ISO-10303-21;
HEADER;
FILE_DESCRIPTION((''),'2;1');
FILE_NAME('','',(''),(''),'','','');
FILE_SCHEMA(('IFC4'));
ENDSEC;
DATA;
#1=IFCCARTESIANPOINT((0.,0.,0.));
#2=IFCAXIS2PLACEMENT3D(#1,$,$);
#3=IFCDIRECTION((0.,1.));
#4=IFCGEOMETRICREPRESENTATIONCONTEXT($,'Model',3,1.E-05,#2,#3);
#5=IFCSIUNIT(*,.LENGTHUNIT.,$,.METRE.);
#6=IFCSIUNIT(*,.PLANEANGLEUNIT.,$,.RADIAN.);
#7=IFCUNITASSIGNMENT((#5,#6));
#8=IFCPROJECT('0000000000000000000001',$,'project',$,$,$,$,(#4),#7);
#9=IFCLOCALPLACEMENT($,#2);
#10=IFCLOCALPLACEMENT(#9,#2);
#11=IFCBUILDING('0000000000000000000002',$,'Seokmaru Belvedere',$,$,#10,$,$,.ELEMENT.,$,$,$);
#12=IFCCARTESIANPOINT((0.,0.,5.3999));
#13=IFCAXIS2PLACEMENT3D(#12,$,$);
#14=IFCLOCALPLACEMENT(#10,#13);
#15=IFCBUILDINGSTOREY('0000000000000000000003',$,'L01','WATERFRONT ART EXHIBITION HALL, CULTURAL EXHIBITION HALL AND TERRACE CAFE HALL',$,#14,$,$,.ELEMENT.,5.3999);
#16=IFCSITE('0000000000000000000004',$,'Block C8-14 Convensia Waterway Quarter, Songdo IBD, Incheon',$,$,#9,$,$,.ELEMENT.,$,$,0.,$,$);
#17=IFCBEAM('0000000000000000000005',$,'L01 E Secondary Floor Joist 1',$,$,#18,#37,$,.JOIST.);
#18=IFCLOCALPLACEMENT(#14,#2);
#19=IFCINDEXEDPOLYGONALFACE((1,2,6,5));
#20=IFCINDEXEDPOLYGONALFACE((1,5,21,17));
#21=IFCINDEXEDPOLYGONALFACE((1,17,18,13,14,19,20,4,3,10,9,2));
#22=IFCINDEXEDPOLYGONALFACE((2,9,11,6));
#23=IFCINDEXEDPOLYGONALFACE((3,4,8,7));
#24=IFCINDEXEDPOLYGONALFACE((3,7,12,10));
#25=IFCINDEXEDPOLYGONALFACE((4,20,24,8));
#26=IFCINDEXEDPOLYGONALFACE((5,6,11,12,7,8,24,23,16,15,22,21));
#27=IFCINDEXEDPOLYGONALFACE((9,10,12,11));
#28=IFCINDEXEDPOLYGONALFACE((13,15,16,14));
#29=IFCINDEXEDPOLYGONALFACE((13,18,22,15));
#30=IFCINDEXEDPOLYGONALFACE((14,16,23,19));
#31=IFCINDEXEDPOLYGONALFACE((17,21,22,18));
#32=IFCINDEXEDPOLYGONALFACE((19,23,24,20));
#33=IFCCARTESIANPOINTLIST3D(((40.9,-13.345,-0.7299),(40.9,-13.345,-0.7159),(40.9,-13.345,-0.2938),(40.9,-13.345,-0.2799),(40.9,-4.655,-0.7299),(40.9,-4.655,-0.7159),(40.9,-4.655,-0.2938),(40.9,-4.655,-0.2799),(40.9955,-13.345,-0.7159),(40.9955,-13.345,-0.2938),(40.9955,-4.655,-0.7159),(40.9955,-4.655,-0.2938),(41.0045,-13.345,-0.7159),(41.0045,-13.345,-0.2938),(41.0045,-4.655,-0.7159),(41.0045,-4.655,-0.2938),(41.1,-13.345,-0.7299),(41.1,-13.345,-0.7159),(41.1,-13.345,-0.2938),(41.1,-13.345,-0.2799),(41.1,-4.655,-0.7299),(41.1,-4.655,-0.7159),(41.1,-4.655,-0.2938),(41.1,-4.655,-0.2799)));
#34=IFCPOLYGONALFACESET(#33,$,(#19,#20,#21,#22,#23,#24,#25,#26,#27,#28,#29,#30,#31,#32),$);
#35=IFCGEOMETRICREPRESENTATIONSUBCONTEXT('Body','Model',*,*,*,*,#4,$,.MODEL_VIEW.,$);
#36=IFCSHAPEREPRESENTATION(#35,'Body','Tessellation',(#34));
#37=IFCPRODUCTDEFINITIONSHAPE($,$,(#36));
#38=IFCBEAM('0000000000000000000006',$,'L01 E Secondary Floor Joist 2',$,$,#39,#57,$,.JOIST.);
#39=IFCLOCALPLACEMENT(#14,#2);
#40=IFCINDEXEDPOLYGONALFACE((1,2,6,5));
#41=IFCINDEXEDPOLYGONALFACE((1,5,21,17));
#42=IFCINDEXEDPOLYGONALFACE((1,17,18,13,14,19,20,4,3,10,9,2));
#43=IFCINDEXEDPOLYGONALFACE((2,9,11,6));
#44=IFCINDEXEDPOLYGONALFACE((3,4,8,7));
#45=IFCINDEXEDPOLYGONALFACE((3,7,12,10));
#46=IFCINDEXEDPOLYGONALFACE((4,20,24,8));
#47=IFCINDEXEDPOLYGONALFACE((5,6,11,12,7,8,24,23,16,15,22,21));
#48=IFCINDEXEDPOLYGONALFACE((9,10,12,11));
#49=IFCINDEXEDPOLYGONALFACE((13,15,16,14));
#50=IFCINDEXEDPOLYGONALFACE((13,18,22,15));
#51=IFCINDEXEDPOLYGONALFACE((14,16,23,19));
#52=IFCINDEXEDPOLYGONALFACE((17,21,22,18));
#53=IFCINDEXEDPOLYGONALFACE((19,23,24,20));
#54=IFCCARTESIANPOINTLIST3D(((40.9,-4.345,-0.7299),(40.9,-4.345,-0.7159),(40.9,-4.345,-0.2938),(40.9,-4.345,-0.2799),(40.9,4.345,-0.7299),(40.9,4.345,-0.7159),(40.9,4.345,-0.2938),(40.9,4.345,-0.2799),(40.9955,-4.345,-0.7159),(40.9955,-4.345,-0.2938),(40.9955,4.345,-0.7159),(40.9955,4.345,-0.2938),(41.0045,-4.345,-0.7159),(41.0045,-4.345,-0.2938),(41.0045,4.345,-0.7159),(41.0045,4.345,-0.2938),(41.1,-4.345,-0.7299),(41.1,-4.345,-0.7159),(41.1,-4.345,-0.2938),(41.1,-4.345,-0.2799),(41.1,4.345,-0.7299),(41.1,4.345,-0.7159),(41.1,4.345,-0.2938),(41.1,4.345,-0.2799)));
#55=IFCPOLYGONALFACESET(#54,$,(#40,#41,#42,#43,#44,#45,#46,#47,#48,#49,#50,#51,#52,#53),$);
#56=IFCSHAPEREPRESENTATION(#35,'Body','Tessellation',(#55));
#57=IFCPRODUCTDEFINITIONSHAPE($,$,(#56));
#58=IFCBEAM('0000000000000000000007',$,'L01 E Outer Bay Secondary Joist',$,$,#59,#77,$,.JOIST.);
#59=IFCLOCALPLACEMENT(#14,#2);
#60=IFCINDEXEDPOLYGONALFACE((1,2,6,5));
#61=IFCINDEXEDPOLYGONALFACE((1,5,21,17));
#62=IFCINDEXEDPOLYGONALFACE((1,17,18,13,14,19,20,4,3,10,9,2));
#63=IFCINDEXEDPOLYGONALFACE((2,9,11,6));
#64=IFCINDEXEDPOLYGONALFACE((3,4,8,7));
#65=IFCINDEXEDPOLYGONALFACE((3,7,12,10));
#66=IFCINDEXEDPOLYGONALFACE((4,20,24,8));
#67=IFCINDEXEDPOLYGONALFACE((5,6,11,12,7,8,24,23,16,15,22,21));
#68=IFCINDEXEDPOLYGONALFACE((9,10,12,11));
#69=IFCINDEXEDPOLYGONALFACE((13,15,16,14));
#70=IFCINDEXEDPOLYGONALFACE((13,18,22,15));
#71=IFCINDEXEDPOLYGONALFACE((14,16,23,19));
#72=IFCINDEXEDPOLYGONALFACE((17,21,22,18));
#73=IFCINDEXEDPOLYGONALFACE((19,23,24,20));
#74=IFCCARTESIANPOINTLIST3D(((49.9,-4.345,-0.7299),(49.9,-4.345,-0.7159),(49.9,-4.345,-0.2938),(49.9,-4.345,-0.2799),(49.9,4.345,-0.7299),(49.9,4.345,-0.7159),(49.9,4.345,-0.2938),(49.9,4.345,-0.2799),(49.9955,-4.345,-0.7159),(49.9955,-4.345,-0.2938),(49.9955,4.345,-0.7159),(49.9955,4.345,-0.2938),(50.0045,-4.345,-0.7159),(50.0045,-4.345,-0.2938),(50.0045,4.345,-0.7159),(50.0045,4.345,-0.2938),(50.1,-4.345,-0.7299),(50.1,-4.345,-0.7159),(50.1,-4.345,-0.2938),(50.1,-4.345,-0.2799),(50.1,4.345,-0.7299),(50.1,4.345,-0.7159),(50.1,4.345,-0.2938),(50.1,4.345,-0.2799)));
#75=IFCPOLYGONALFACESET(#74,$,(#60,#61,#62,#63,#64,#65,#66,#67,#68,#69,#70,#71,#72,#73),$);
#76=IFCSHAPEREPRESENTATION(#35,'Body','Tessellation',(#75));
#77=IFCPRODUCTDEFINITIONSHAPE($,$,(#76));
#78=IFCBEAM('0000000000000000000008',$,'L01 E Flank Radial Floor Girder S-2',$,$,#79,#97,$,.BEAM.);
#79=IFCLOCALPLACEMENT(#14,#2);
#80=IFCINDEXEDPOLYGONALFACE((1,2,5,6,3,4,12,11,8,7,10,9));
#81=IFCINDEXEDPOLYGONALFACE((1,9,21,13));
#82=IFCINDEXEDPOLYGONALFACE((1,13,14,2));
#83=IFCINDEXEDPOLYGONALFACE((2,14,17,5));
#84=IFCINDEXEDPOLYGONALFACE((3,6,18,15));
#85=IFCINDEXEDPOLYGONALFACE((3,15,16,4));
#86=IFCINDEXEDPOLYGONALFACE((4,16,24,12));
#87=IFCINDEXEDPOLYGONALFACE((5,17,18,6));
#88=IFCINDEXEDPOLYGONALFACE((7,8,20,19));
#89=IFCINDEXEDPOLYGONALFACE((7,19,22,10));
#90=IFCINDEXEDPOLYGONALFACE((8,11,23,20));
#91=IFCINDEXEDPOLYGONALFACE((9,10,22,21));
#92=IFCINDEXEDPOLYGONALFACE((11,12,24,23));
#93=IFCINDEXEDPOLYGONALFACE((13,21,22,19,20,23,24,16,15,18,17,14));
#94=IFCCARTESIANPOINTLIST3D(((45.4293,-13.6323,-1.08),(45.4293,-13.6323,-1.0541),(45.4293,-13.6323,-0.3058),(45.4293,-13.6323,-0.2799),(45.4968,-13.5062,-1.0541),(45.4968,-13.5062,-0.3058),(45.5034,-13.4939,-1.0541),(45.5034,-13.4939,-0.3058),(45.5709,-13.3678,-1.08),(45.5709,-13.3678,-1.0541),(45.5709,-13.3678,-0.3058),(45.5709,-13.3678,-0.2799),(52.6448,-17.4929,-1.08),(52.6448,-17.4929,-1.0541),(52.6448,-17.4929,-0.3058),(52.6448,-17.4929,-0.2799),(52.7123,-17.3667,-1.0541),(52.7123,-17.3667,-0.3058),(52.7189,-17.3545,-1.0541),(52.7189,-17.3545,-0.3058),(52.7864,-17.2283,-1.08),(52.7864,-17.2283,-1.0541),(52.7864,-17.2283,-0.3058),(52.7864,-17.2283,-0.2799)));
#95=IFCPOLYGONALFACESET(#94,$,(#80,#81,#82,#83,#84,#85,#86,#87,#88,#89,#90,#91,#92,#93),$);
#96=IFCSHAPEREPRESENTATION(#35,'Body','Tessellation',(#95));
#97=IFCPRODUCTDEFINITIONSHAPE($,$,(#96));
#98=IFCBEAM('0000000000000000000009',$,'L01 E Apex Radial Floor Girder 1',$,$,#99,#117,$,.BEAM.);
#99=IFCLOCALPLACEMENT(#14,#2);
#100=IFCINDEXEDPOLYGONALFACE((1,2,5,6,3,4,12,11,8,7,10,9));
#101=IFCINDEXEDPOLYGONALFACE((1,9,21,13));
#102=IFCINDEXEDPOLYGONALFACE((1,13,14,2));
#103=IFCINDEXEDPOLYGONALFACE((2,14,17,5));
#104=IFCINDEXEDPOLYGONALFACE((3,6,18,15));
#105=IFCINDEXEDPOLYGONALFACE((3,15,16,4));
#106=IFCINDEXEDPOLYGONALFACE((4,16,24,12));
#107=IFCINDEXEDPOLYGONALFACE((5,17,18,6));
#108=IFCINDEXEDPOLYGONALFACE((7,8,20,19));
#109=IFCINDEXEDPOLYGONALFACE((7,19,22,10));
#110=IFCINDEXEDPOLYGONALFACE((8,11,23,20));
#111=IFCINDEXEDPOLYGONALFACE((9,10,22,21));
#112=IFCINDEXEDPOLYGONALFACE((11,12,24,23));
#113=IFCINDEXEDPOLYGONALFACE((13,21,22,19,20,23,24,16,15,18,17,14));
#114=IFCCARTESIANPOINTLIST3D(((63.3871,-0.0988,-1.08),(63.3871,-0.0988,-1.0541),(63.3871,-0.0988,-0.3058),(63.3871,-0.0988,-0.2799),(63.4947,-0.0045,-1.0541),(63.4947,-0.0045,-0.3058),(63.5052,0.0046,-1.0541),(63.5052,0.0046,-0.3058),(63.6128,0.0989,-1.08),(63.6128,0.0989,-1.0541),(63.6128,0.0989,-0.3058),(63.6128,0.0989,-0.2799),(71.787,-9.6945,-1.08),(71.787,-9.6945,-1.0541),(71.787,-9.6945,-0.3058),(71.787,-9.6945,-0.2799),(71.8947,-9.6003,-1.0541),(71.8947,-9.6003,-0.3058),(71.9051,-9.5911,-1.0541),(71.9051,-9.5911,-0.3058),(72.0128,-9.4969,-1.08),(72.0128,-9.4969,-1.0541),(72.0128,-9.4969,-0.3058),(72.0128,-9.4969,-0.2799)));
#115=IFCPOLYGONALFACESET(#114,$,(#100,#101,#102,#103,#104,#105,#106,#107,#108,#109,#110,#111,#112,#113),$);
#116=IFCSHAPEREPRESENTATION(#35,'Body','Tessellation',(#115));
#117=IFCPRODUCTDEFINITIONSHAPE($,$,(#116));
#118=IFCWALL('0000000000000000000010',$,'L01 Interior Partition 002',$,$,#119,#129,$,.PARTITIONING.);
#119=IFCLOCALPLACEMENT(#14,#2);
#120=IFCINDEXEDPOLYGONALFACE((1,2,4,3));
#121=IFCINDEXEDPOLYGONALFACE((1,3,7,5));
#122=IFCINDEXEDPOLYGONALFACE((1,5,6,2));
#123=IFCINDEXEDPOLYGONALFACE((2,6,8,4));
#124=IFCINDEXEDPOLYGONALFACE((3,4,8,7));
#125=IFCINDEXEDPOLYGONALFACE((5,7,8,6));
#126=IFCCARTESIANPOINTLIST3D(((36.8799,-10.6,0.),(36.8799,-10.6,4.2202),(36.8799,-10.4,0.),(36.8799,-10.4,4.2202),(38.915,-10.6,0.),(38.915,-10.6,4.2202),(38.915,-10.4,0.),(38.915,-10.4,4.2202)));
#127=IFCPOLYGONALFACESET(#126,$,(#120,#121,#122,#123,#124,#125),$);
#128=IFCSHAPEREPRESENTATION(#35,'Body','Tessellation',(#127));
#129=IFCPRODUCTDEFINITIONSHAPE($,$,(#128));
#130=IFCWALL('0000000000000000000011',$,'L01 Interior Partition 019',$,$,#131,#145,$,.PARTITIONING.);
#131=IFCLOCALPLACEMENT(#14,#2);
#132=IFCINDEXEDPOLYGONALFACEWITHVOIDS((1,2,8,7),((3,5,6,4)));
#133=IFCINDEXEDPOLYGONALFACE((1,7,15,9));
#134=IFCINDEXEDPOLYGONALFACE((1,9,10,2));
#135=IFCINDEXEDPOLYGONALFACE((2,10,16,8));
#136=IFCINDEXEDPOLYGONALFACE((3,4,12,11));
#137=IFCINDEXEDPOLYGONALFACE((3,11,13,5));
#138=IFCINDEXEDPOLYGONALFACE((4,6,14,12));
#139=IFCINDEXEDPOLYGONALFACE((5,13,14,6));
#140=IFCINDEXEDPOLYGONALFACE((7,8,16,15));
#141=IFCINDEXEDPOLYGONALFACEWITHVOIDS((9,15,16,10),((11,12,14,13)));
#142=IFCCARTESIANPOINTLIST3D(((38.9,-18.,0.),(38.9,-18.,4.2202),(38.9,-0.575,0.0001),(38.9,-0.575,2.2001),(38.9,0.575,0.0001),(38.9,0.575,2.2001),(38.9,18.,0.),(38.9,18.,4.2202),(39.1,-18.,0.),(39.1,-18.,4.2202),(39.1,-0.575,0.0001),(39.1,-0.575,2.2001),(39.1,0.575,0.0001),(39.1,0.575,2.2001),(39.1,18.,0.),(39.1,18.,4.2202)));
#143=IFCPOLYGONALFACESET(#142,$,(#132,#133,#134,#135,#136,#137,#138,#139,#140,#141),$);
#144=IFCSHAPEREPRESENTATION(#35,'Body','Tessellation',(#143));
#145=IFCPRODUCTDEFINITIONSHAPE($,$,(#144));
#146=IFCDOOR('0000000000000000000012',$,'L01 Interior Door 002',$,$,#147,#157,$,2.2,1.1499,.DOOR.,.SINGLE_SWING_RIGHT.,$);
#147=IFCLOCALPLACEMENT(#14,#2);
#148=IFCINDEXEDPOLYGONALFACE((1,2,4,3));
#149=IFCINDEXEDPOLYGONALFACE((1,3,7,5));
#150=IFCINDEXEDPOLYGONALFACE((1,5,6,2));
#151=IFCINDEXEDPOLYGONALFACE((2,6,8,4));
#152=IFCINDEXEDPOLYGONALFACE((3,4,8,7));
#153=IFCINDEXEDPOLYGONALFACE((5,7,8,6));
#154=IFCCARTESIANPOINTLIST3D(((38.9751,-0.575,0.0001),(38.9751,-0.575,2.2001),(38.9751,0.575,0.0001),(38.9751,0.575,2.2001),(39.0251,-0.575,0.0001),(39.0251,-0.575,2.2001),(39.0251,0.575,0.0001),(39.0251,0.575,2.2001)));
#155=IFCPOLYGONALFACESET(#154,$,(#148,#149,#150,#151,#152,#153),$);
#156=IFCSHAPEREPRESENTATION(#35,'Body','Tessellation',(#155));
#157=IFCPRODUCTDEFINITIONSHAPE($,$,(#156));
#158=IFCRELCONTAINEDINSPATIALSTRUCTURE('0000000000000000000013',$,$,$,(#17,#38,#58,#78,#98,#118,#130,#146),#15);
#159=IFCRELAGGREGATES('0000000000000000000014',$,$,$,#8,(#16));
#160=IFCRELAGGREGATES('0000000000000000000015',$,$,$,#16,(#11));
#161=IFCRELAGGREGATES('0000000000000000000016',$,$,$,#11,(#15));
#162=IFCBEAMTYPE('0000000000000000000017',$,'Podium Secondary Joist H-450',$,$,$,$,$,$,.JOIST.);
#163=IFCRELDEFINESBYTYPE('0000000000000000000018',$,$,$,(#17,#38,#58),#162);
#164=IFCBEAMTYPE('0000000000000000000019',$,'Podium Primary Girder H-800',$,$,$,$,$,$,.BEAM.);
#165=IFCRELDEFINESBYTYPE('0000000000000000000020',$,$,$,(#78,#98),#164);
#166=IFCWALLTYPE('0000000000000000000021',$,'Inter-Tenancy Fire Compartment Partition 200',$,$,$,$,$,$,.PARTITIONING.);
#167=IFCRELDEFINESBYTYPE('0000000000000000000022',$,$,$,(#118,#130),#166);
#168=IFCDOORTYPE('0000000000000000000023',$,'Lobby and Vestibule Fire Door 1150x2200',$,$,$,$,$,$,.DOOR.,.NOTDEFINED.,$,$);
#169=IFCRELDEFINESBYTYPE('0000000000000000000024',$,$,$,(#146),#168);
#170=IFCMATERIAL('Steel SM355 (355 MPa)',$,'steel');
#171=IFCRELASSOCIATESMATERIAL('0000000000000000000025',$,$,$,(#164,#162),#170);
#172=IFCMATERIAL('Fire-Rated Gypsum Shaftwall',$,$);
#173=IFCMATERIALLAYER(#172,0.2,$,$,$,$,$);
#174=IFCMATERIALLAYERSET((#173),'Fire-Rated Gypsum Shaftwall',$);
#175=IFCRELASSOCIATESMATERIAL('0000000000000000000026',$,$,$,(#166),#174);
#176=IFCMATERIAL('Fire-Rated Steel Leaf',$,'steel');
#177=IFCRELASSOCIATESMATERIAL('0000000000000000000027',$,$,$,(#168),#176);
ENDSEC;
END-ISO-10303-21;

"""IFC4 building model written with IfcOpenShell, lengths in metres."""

from ifc_helpers import new_model, si_unit, direction, frame, frame_2d, origin, origin_2d, place, context, subcontext, project, spatial, rectangle, i_section, extrude, source, transform, mapped, material, layer, layer_set, material_profile, profile_set, type_object, type_shapes, element, fill, save


model = new_model("IFC4")

# Units and contexts
model_context = context("Model", 3, precision=1e-05, world=origin(), true_north=direction((0.0, 1.0)))
body_context = subcontext(model_context, "Body", "Model", "MODEL_VIEW")
ifc_project = project(units=[si_unit("LENGTHUNIT", "METRE"), si_unit("PLANEANGLEUNIT", "RADIAN")], contexts=[model_context])

# Site, building, storey
site_placement = place(None, origin())
site = spatial("IfcSite", under=ifc_project, at=site_placement, Name="Block C8-14 Convensia Waterway Quarter, Songdo IBD, Incheon", CompositionType="ELEMENT", RefElevation=0.0)
building_placement = place(site_placement, origin())
building = spatial("IfcBuilding", under=site, at=building_placement, Name="Seokmaru Belvedere", CompositionType="ELEMENT")
storey_placement = place(building_placement, frame((0.0, 0.0, 5.3999)))
storey = spatial("IfcBuildingStorey", under=building, at=storey_placement, Name="L01", Description="WATERFRONT ART EXHIBITION HALL, CULTURAL EXHIBITION HALL AND TERRACE CAFE HALL", CompositionType="ELEMENT", Elevation=5.3999)

# Shared definitions
ifc_material_1 = material(Name="Steel SM355 (355 MPa)", Category="steel")

# Beams
ifc_material_profile_1 = material_profile(ifc_material_1, i_section(OverallWidth=0.3, OverallDepth=0.8, WebThickness=0.0139, FlangeThickness=0.0259, at=origin_2d()), Name="H-800x300x14x26")
ifc_profile_set_1 = profile_set([ifc_material_profile_1], Name="Steel SM355 (355 MPa)")
beam_type_1 = type_object("IfcBeamType", Name="Podium Primary Girder H-800", PredefinedType="BEAM", material=ifc_profile_set_1)
ifc_material_profile_2 = material_profile(ifc_material_1, i_section(OverallWidth=0.2, OverallDepth=0.45, WebThickness=0.009, FlangeThickness=0.0139, at=origin_2d()), Name="H-450x200x9x14")
ifc_profile_set_2 = profile_set([ifc_material_profile_2], Name="Steel SM355 (355 MPa)")
beam_type_2 = type_object("IfcBeamType", Name="Podium Secondary Joist H-450", PredefinedType="JOIST", material=ifc_profile_set_2)
shared_shape_1 = source(origin(), body_context, "Body", "SweptSolid", [
    extrude(i_section(OverallWidth=0.2, OverallDepth=0.45, WebThickness=0.009, FlangeThickness=0.0139, at=origin_2d()), origin(), (0.0, 0.0, 1.0), 8.6899),
])
type_shapes(beam_type_2, [shared_shape_1])
for number, where, z_axis, x_axis, name in (
    (1, (41.0, -13.345, -0.5049), (0.0, 1.0, 0.0), (-1.0, 0.0, 0.0), "L01 E Secondary Floor Joist 1"),
    (2, (41.0, -4.345, -0.5049), (0.0, 1.0, 0.0), (-1.0, 0.0, 0.0), "L01 E Secondary Floor Joist 2"),
    (3, (50.0, -4.345, -0.5049), (0.0, 1.0, 0.0), (-1.0, 0.0, 0.0), "L01 E Outer Bay Secondary Joist"),
):
    element("IfcBeam", number, at=place(storey_placement, frame(where, z_axis=z_axis, x_axis=x_axis)), inside=storey, type_object=beam_type_2, Name=name, PredefinedType="JOIST", context=body_context, shape_type="MappedRepresentation", body=[
        mapped(shared_shape_1, transform((0.0, 0.0, 0.0), scale=1.0)),
    ])
shared_shape_2 = source(origin(), body_context, "Body", "SweptSolid", [
    extrude(i_section(OverallWidth=0.3, OverallDepth=0.8, WebThickness=0.0139, FlangeThickness=0.0259, at=origin_2d()), origin(), (0.0, 0.0, 1.0), 8.1833),
])
beam_1_placement = place(storey_placement, frame((52.7156, -17.3606, -0.6799), z_axis=(-0.881729, 0.471757, 0.0), x_axis=(-0.471757, -0.881729, 0.0)))
element("IfcBeam", 4, at=beam_1_placement, inside=storey, type_object=beam_type_1, Name="L01 E Flank Radial Floor Girder S-2", PredefinedType="BEAM", context=body_context, shape_type="MappedRepresentation", body=[
    mapped(shared_shape_2, transform((0.0, 0.0, 0.0), scale=1.0)),
])
shared_shape_3 = source(origin(), body_context, "Body", "SweptSolid", [
    extrude(i_section(OverallWidth=0.3, OverallDepth=0.8, WebThickness=0.0139, FlangeThickness=0.0259, at=origin_2d()), origin(), (0.0, 0.0, 1.0), 12.7529),
])
beam_2_placement = place(storey_placement, frame((71.8999, -9.5957, -0.6799), z_axis=(-0.658667, 0.752434, 0.0), x_axis=(-0.752434, -0.658667, 0.0)))
element("IfcBeam", 5, at=beam_2_placement, inside=storey, type_object=beam_type_1, Name="L01 E Apex Radial Floor Girder 1", PredefinedType="BEAM", context=body_context, shape_type="MappedRepresentation", body=[
    mapped(shared_shape_3, transform((0.0, 0.0, 0.0), scale=1.0)),
])

# Wall
ifc_material_2 = material(Name="Fire-Rated Gypsum Shaftwall")
ifc_layer_1 = layer(ifc_material_2, 0.2)
ifc_layer_set_1 = layer_set([ifc_layer_1], Name="Fire-Rated Gypsum Shaftwall")
wall_type_1 = type_object("IfcWallType", Name="Inter-Tenancy Fire Compartment Partition 200", PredefinedType="PARTITIONING", material=ifc_layer_set_1)
wall_1_placement = place(storey_placement, frame((36.8799, -10.5, 0.0), z_axis=(0.0, 0.0, 1.0), x_axis=(1.0, 0.0, 0.0)))
element("IfcWall", 6, at=wall_1_placement, inside=storey, type_object=wall_type_1, Name="L01 Interior Partition 002", PredefinedType="PARTITIONING", context=body_context, shape_type="SweptSolid", body=[
    extrude(rectangle(XDim=2.0352, YDim=0.2, at=frame_2d((1.0176, 0.0))), origin(), (0.0, 0.0, 1.0), 4.2202),
])

# Wall, opening, door
wall_2_placement = place(storey_placement, frame((39.0, -18.0, 0.0), z_axis=(0.0, 0.0, 1.0), x_axis=(0.0, 1.0, 0.0)))
wall_2 = element("IfcWall", 7, at=wall_2_placement, inside=storey, type_object=wall_type_1, Name="L01 Interior Partition 019", PredefinedType="PARTITIONING", context=body_context, shape_type="SweptSolid", body=[
    extrude(rectangle(XDim=36.0, YDim=0.2, at=frame_2d((18.0, 0.0))), origin(), (0.0, 0.0, 1.0), 4.2202),
])
opening_1_placement = place(wall_2_placement, frame((17.425, 0.0, 0.0)))
opening_1 = element("IfcOpeningElement", 8, at=opening_1_placement, cuts=wall_2, PredefinedType="OPENING", context=body_context, shape_type="SweptSolid", body=[
    extrude(rectangle(XDim=1.1499, YDim=2.2, at=frame_2d((0.575, 1.1001))), frame((0.0, 0.1099, 0.0), z_axis=(0.0, -1.0, 0.0), x_axis=(1.0, 0.0, 0.0)), (0.0, 0.0, 1.0), 0.22),
])
ifc_material_3 = material(Name="Fire-Rated Steel Leaf", Category="steel")
door_type_1 = type_object("IfcDoorType", Name="Lobby and Vestibule Fire Door 1150x2200", OperationType="NOTDEFINED", PredefinedType="DOOR", material=ifc_material_3)
shared_shape_4 = source(origin(), body_context, "Body", "SweptSolid", [
    extrude(rectangle(XDim=1.1499, YDim=2.2, at=frame_2d((0.575, 1.1001))), frame((0.0, 0.0249, 0.0), z_axis=(0.0, -1.0, 0.0), x_axis=(1.0, 0.0, 0.0)), (0.0, 0.0, 1.0), 0.05),
])
type_shapes(door_type_1, [shared_shape_4])
door_1_placement = place(opening_1_placement, origin())
door_1 = element("IfcDoor", 9, at=door_1_placement, inside=storey, type_object=door_type_1, Name="L01 Interior Door 002", OperationType="SINGLE_SWING_RIGHT", OverallHeight=2.2, OverallWidth=1.1499, PredefinedType="DOOR", context=body_context, shape_type="MappedRepresentation", body=[
    mapped(shared_shape_4, transform((0.0, 0.0, 0.0), scale=1.0)),
])
fill(opening_1, door_1)

save(model, "model.ifc")
